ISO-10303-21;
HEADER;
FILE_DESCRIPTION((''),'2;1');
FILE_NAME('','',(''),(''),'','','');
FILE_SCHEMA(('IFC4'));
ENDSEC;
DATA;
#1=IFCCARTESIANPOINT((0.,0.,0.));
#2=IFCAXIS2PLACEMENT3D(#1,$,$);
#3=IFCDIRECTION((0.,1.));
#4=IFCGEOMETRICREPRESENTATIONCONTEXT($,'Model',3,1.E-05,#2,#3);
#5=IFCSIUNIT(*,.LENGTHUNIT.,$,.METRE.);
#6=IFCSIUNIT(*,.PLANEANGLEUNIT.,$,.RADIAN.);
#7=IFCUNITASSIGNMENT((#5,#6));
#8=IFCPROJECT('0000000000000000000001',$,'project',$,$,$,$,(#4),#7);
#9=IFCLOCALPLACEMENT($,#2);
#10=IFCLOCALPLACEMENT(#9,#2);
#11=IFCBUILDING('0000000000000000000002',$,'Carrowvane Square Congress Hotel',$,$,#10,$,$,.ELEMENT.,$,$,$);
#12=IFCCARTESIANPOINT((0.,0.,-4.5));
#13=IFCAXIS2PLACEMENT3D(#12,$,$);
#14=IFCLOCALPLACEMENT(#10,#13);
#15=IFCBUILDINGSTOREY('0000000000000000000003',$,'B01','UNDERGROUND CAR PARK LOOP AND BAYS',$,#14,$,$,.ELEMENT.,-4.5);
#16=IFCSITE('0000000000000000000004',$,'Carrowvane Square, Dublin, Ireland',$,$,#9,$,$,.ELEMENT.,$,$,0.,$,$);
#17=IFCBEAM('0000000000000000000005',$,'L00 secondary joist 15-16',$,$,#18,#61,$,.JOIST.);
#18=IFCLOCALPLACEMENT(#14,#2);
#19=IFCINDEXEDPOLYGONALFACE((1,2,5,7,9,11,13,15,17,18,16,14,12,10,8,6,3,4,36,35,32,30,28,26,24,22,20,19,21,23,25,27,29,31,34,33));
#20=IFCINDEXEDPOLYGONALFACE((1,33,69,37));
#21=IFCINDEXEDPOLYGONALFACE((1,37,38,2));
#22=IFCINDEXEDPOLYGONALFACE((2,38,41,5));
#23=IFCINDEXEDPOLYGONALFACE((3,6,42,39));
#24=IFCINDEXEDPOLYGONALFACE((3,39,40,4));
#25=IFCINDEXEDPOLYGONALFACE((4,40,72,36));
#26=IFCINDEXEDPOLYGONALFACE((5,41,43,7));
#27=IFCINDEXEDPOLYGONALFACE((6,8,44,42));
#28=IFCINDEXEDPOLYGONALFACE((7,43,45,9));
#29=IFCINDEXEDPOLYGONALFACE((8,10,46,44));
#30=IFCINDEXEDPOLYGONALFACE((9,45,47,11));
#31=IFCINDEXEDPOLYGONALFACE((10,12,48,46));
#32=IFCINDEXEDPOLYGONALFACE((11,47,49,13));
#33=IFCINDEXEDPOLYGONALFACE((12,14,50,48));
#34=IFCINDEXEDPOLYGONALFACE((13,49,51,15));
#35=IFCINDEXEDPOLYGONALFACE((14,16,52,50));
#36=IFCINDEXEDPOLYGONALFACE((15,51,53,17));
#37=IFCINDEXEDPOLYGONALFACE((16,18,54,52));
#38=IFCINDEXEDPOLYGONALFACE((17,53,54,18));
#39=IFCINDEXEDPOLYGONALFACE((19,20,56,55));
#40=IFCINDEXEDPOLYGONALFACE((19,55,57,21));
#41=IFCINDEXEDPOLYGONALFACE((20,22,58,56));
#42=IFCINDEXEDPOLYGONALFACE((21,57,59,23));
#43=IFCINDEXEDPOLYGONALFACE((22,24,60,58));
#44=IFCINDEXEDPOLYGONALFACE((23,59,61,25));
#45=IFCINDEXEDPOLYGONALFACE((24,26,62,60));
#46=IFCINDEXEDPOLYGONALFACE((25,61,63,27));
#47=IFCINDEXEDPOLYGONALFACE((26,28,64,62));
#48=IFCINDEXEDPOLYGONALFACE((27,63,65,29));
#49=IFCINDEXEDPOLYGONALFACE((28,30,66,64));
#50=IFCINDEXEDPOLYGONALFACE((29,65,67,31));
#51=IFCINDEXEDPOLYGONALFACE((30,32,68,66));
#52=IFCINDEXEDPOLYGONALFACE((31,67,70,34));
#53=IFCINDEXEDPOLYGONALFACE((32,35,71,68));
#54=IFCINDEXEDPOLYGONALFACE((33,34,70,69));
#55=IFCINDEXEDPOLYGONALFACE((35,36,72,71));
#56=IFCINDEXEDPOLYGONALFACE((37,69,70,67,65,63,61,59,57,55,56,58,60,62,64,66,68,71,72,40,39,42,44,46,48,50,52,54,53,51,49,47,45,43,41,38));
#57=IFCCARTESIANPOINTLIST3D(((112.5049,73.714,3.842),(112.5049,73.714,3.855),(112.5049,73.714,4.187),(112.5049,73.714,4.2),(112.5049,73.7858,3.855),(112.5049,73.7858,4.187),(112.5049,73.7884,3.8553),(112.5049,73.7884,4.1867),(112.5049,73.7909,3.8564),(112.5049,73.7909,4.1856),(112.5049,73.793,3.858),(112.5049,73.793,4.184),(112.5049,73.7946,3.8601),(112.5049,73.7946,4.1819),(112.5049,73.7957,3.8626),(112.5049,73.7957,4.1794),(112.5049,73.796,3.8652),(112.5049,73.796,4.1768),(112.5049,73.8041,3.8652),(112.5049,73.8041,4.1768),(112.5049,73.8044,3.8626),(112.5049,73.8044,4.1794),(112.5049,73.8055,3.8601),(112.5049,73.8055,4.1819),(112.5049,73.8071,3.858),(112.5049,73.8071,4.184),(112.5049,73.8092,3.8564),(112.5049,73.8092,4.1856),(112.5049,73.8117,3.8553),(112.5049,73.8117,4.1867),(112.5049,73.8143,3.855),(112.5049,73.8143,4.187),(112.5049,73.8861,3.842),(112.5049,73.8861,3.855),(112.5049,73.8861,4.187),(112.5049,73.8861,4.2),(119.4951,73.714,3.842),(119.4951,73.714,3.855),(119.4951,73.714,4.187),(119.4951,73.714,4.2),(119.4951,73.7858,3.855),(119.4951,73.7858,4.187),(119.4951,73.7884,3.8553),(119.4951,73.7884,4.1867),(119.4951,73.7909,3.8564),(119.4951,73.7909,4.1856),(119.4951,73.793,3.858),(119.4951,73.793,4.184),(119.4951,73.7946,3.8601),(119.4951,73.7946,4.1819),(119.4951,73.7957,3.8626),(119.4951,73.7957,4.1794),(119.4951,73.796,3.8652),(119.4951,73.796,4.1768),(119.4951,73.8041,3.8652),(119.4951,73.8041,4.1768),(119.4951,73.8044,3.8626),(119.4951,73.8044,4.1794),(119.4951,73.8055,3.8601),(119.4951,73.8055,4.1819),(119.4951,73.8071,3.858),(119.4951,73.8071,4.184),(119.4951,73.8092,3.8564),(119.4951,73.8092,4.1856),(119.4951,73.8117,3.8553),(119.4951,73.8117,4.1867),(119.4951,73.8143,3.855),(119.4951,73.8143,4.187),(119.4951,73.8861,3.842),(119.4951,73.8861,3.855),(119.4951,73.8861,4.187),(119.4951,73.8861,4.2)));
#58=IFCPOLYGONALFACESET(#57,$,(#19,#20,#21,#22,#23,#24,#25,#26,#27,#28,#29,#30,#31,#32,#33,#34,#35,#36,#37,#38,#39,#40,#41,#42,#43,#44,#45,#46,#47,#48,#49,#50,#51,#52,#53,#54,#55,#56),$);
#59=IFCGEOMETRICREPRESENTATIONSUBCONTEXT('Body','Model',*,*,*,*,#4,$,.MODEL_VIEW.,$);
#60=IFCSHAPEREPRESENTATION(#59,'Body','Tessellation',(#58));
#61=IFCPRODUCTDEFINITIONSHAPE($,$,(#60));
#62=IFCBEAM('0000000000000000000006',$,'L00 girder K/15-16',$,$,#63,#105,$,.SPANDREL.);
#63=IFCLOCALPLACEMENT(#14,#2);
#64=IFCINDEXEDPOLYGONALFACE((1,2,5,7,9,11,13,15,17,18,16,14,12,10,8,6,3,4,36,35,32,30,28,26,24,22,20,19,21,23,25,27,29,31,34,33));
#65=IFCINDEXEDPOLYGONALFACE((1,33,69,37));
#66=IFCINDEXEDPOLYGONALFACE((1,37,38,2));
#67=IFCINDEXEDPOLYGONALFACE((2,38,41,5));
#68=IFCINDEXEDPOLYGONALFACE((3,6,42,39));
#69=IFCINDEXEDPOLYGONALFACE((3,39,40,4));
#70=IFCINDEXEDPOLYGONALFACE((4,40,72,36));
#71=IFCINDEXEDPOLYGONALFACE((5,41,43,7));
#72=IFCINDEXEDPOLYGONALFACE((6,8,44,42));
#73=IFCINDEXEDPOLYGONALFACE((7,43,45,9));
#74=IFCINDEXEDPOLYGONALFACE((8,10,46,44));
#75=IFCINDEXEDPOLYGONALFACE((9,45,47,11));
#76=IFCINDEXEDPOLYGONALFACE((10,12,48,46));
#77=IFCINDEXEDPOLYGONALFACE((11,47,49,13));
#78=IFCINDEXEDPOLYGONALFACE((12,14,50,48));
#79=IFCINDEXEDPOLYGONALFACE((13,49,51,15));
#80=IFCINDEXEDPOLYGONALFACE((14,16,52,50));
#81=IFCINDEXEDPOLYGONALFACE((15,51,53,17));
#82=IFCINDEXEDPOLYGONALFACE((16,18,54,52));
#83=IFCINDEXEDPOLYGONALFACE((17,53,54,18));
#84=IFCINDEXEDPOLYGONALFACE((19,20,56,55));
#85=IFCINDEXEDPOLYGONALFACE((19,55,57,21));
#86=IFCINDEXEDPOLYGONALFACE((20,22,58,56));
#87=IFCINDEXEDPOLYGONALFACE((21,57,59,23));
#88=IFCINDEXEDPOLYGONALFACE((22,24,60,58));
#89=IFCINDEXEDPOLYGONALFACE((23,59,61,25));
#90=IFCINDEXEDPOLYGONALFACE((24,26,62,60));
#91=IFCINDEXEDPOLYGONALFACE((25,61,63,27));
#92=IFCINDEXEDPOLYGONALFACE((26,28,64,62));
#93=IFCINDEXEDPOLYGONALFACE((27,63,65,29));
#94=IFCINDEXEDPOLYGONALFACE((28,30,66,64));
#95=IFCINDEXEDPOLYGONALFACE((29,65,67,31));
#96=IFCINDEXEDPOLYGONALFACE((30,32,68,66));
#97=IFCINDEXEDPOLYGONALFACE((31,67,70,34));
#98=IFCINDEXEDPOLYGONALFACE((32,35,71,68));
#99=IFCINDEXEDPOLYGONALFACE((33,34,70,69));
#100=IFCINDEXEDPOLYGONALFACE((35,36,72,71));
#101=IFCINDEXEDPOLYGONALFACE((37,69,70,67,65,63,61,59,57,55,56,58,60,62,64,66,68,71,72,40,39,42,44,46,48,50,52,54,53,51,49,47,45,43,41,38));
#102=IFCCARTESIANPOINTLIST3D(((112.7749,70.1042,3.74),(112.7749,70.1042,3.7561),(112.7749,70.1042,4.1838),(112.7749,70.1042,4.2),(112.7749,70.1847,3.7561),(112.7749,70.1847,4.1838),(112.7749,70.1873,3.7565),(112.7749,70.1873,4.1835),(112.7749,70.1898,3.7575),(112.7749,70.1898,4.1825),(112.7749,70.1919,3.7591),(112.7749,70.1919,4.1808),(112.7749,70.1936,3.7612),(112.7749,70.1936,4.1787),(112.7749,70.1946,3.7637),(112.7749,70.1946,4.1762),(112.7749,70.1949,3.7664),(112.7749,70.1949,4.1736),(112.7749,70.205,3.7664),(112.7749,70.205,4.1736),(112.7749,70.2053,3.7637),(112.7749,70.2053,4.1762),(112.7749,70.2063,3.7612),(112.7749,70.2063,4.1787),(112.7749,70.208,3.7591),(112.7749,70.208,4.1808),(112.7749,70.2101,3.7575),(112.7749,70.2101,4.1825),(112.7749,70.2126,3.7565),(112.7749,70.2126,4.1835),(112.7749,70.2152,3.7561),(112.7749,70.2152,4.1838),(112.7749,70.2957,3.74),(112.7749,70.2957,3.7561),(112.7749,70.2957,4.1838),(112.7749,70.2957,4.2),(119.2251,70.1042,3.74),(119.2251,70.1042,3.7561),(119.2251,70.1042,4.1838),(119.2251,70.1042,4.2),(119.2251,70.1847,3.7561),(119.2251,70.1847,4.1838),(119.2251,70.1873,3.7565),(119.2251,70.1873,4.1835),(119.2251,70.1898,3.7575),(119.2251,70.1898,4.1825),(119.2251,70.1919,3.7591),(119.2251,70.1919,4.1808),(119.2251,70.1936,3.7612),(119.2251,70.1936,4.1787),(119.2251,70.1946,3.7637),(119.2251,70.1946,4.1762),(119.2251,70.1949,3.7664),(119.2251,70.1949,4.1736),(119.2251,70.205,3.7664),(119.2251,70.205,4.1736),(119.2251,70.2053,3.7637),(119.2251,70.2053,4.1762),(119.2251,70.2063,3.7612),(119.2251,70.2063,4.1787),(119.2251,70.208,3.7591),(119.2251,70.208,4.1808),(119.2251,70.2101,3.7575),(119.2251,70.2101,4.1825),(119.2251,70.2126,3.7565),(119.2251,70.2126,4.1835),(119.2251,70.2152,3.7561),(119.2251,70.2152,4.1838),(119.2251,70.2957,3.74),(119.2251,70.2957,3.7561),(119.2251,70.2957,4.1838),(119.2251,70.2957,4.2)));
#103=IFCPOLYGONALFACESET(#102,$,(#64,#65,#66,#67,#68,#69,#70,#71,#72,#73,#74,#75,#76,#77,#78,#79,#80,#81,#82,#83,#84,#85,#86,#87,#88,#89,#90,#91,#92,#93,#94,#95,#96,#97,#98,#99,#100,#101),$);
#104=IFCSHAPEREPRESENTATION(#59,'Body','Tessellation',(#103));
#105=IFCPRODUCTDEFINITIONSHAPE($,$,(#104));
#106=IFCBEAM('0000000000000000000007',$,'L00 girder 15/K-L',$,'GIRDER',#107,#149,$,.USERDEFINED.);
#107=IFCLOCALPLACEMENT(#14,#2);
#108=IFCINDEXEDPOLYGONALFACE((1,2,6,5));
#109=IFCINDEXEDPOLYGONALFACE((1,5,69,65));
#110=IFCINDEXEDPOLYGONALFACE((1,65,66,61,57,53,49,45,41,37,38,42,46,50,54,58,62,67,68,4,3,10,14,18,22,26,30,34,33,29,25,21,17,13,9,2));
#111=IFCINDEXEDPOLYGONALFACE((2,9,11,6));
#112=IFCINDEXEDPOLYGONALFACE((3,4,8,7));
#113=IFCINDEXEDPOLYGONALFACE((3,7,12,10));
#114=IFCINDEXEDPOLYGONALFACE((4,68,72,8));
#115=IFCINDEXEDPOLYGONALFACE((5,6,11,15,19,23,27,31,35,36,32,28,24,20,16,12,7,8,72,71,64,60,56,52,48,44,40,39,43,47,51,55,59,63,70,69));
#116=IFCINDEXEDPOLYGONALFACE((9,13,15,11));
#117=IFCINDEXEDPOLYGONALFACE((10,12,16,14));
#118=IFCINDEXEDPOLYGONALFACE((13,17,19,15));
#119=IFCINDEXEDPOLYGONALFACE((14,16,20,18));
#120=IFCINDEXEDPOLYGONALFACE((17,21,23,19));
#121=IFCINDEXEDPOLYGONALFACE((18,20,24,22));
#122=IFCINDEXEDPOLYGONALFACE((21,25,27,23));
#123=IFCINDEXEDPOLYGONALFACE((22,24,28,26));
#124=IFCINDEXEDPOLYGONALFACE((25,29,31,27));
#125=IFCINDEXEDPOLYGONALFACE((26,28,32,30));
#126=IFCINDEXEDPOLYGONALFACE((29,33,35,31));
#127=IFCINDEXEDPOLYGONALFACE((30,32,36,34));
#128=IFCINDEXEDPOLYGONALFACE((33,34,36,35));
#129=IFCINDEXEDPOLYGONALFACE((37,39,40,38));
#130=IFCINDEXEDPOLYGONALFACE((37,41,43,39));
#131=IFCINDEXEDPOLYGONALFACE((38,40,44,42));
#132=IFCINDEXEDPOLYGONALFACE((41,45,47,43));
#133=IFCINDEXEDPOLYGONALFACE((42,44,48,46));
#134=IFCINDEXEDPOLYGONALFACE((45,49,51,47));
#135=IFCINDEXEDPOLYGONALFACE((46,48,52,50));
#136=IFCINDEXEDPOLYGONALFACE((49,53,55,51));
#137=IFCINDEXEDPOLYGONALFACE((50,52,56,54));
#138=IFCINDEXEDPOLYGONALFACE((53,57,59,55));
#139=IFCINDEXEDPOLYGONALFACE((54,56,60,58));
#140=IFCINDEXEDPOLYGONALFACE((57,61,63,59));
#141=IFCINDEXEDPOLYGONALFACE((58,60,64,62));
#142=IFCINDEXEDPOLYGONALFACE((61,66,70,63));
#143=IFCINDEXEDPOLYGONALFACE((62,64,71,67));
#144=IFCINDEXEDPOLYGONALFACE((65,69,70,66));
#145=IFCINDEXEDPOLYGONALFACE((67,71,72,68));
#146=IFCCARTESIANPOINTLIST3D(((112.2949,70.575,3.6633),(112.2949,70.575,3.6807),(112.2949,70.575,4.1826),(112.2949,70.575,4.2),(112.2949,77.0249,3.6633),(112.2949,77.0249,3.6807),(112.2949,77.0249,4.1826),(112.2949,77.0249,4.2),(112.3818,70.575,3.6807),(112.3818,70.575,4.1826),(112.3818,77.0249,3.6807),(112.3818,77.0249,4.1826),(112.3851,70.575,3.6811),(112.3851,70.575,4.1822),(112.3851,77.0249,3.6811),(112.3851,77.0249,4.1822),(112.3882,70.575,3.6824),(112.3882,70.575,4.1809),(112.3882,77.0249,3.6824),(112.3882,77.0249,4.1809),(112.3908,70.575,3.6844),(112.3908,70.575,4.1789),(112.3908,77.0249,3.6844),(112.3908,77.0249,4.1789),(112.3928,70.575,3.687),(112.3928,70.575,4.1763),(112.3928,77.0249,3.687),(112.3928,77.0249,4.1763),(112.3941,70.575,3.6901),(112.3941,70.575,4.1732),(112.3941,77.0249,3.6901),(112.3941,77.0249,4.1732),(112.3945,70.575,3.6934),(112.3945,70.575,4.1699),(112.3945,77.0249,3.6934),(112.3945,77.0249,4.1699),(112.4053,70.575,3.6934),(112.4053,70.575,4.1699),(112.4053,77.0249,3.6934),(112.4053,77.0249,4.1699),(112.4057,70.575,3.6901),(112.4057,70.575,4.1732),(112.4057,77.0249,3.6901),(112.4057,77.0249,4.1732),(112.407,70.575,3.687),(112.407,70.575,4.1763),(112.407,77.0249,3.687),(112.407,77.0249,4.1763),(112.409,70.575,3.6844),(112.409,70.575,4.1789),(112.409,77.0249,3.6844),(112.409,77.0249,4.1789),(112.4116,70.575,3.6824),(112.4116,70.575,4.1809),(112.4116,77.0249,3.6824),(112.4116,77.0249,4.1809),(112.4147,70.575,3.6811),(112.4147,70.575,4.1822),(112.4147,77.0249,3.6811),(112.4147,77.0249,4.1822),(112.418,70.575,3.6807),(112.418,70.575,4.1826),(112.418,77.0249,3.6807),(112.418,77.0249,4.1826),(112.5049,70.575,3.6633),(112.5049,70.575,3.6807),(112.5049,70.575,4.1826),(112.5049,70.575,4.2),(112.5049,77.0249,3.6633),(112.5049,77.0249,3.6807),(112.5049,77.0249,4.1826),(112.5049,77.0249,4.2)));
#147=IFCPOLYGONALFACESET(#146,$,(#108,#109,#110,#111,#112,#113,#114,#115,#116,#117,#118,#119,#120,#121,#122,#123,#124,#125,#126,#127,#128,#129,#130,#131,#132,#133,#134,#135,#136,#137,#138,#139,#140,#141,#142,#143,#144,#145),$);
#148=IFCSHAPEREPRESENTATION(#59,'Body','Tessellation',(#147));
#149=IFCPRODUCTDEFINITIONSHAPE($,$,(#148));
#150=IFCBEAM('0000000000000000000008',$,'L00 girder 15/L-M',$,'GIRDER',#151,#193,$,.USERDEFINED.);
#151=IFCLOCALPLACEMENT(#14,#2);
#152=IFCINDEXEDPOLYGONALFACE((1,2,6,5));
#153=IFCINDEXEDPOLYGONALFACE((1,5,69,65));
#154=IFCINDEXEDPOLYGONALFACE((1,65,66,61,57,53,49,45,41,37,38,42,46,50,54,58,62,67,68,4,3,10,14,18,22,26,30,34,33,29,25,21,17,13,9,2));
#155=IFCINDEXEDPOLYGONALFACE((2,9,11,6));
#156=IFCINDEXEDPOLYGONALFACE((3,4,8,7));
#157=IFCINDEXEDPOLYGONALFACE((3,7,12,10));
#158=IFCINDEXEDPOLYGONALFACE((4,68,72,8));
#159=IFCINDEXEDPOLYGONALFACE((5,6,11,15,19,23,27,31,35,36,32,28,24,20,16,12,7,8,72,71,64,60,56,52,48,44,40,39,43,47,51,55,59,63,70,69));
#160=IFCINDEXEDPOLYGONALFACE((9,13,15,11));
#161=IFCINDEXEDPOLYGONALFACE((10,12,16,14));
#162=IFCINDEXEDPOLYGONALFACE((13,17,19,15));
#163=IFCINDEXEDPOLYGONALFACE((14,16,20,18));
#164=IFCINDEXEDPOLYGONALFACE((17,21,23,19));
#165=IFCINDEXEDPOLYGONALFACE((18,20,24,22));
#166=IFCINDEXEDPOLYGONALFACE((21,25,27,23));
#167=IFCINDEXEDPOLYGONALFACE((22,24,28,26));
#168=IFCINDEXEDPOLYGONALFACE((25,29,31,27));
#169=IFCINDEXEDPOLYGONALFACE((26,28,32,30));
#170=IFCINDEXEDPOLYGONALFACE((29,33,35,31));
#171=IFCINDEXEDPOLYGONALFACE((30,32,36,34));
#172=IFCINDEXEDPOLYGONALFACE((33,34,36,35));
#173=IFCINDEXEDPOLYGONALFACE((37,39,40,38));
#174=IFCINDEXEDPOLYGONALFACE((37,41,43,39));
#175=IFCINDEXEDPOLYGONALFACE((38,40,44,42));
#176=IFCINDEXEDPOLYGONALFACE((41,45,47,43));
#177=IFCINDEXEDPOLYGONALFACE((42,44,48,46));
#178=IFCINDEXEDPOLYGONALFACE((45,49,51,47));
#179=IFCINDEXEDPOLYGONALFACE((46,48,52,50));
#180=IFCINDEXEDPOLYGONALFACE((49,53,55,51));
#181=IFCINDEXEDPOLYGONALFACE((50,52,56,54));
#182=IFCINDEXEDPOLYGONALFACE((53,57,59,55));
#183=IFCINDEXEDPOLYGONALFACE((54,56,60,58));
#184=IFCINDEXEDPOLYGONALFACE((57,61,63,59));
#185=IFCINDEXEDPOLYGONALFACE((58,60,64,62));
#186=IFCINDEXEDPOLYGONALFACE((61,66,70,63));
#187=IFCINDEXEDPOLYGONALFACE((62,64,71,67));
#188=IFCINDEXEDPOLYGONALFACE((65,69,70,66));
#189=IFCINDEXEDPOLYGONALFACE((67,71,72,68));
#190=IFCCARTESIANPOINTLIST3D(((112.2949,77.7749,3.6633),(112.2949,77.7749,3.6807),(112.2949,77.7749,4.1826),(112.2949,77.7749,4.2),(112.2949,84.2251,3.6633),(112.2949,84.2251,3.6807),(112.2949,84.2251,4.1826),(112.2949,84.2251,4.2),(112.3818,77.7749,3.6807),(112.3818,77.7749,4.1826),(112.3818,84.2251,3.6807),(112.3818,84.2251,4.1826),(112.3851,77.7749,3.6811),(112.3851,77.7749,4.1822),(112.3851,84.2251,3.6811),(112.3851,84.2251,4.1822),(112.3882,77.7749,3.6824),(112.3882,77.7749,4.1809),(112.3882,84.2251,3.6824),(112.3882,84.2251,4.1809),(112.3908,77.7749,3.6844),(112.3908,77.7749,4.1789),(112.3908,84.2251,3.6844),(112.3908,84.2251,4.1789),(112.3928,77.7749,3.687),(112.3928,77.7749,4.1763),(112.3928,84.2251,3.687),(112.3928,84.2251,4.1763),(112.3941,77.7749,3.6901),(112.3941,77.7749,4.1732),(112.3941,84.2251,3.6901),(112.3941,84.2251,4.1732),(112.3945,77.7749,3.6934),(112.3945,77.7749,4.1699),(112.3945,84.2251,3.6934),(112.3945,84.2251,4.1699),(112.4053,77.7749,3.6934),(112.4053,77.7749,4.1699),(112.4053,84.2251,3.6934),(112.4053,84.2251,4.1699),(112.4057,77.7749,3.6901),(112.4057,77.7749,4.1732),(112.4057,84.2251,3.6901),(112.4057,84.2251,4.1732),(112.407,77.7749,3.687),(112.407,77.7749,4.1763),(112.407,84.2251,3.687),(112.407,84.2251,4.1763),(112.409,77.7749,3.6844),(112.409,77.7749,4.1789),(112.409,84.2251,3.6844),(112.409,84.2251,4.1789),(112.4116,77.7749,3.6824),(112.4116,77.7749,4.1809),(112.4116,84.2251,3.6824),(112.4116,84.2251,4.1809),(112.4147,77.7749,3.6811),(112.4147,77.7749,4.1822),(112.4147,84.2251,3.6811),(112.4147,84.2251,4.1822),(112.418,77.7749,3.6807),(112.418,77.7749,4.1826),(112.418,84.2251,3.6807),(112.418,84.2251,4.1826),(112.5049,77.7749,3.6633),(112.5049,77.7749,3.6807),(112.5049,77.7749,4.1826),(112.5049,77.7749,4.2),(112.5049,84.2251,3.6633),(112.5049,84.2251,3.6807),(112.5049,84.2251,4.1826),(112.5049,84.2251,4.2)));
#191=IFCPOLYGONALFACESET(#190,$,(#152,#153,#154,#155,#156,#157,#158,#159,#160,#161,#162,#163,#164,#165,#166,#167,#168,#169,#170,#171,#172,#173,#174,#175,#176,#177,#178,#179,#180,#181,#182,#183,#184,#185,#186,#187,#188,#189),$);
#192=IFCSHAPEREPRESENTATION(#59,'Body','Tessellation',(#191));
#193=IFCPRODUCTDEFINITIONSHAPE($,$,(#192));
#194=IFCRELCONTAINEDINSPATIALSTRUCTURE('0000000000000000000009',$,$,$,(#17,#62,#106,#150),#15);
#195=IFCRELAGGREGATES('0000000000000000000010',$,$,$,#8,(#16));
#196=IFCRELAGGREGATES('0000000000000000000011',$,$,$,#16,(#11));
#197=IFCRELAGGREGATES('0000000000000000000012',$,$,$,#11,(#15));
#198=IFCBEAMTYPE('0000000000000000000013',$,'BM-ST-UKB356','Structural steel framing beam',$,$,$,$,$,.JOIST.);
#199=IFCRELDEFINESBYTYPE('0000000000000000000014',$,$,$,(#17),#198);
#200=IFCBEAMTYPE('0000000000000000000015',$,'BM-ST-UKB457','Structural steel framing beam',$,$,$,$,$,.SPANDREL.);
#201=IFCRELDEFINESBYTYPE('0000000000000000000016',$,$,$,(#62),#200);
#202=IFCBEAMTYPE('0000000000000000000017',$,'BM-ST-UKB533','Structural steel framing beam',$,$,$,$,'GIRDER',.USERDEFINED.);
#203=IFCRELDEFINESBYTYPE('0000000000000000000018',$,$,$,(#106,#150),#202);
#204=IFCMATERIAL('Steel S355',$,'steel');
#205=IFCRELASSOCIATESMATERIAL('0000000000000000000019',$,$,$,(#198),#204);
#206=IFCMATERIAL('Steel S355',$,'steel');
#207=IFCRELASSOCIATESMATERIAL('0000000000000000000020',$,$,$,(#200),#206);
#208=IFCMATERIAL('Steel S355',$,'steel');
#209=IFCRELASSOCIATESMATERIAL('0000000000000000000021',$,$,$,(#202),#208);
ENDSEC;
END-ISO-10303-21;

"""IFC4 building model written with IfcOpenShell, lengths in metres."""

from ifc_helpers import new_model, si_unit, direction, frame, origin, origin_2d, place, context, subcontext, project, spatial, i_section, extrude, material, material_profile, profile_set, type_object, element, save


model = new_model("IFC4")

# Units and contexts
model_context = context("Model", 3, precision=1e-05, world=origin(), true_north=direction((0.0, 1.0)))
body_context = subcontext(model_context, "Body", "Model", "MODEL_VIEW")
ifc_project = project(units=[si_unit("LENGTHUNIT", "METRE"), si_unit("PLANEANGLEUNIT", "RADIAN")], contexts=[model_context])

# Site, building, storey
site_placement = place(None, origin())
site = spatial("IfcSite", under=ifc_project, at=site_placement, Name="Carrowvane Square, Dublin, Ireland", CompositionType="ELEMENT", RefElevation=0.0)
building_placement = place(site_placement, origin())
building = spatial("IfcBuilding", under=site, at=building_placement, Name="Carrowvane Square Congress Hotel", CompositionType="ELEMENT")
storey_placement = place(building_placement, frame((0.0, 0.0, -4.5)))
storey = spatial("IfcBuildingStorey", under=building, at=storey_placement, Name="B01", Description="UNDERGROUND CAR PARK LOOP AND BAYS", CompositionType="ELEMENT", Elevation=-4.5)

# Beams
ifc_material_1 = material(Name="Steel S355", Category="steel")
ifc_material_profile_1 = material_profile(ifc_material_1, i_section(OverallWidth=0.1721, OverallDepth=0.3579, WebThickness=0.0081, FlangeThickness=0.0129, FilletRadius=0.0103, at=origin_2d()), Name="UKB 356x171x57")
ifc_profile_set_1 = profile_set([ifc_material_profile_1], Name="Steel S355")
beam_type_1 = type_object("IfcBeamType", Name="BM-ST-UKB356", Description="Structural steel framing beam", PredefinedType="JOIST", material=ifc_profile_set_1)
beam_1_placement = place(storey_placement, frame((112.5049, 73.8, 4.021), z_axis=(1.0, 0.0, 0.0), x_axis=(0.0, 1.0, 0.0)))
element("IfcBeam", 1, at=beam_1_placement, inside=storey, type_object=beam_type_1, Name="L00 secondary joist 15-16", PredefinedType="JOIST", context=body_context, shape_type="SweptSolid", body=[
    extrude(i_section(OverallWidth=0.1721, OverallDepth=0.3579, WebThickness=0.0081, FlangeThickness=0.0129, FilletRadius=0.0103, at=origin_2d()), origin(), (0.0, 0.0, 1.0), 6.9902),
])
ifc_material_2 = material(Name="Steel S355", Category="steel")
ifc_material_profile_2 = material_profile(ifc_material_2, i_section(OverallWidth=0.1914, OverallDepth=0.46, WebThickness=0.01, FlangeThickness=0.0161, FilletRadius=0.0103, at=origin_2d()), Name="UKB 457x191x82")
ifc_profile_set_2 = profile_set([ifc_material_profile_2], Name="Steel S355")
beam_type_2 = type_object("IfcBeamType", Name="BM-ST-UKB457", Description="Structural steel framing beam", PredefinedType="SPANDREL", material=ifc_profile_set_2)
beam_2_placement = place(storey_placement, frame((112.7749, 70.2, 3.97), z_axis=(1.0, 0.0, 0.0), x_axis=(0.0, 1.0, 0.0)))
element("IfcBeam", 2, at=beam_2_placement, inside=storey, type_object=beam_type_2, Name="L00 girder K/15-16", PredefinedType="SPANDREL", context=body_context, shape_type="SweptSolid", body=[
    extrude(i_section(OverallWidth=0.1914, OverallDepth=0.46, WebThickness=0.01, FlangeThickness=0.0161, FilletRadius=0.0103, at=origin_2d()), origin(), (0.0, 0.0, 1.0), 6.4502),
])
ifc_material_3 = material(Name="Steel S355", Category="steel")
ifc_material_profile_3 = material_profile(ifc_material_3, i_section(OverallWidth=0.21, OverallDepth=0.5366, WebThickness=0.0107, FlangeThickness=0.0173, FilletRadius=0.0127, at=origin_2d()), Name="UKB 533x210x101")
ifc_profile_set_3 = profile_set([ifc_material_profile_3], Name="Steel S355")
beam_type_3 = type_object("IfcBeamType", Name="BM-ST-UKB533", Description="Structural steel framing beam", ElementType="GIRDER", PredefinedType="USERDEFINED", material=ifc_profile_set_3)
beam_3_placement = place(storey_placement, frame((112.3999, 70.575, 3.9316), z_axis=(0.0, 1.0, 0.0), x_axis=(-1.0, 0.0, 0.0)))
element("IfcBeam", 3, at=beam_3_placement, inside=storey, type_object=beam_type_3, Name="L00 girder 15/K-L", ObjectType="GIRDER", PredefinedType="USERDEFINED", context=body_context, shape_type="SweptSolid", body=[
    extrude(i_section(OverallWidth=0.21, OverallDepth=0.5366, WebThickness=0.0107, FlangeThickness=0.0173, FilletRadius=0.0127, at=origin_2d()), origin(), (0.0, 0.0, 1.0), 6.45),
])
beam_4_placement = place(storey_placement, frame((112.3999, 77.7749, 3.9316), z_axis=(0.0, 1.0, 0.0), x_axis=(-1.0, 0.0, 0.0)))
element("IfcBeam", 4, at=beam_4_placement, inside=storey, type_object=beam_type_3, Name="L00 girder 15/L-M", ObjectType="GIRDER", PredefinedType="USERDEFINED", context=body_context, shape_type="SweptSolid", body=[
    extrude(i_section(OverallWidth=0.21, OverallDepth=0.5366, WebThickness=0.0107, FlangeThickness=0.0173, FilletRadius=0.0127, at=origin_2d()), origin(), (0.0, 0.0, 1.0), 6.4502),
])

save(model, "model.ifc")
